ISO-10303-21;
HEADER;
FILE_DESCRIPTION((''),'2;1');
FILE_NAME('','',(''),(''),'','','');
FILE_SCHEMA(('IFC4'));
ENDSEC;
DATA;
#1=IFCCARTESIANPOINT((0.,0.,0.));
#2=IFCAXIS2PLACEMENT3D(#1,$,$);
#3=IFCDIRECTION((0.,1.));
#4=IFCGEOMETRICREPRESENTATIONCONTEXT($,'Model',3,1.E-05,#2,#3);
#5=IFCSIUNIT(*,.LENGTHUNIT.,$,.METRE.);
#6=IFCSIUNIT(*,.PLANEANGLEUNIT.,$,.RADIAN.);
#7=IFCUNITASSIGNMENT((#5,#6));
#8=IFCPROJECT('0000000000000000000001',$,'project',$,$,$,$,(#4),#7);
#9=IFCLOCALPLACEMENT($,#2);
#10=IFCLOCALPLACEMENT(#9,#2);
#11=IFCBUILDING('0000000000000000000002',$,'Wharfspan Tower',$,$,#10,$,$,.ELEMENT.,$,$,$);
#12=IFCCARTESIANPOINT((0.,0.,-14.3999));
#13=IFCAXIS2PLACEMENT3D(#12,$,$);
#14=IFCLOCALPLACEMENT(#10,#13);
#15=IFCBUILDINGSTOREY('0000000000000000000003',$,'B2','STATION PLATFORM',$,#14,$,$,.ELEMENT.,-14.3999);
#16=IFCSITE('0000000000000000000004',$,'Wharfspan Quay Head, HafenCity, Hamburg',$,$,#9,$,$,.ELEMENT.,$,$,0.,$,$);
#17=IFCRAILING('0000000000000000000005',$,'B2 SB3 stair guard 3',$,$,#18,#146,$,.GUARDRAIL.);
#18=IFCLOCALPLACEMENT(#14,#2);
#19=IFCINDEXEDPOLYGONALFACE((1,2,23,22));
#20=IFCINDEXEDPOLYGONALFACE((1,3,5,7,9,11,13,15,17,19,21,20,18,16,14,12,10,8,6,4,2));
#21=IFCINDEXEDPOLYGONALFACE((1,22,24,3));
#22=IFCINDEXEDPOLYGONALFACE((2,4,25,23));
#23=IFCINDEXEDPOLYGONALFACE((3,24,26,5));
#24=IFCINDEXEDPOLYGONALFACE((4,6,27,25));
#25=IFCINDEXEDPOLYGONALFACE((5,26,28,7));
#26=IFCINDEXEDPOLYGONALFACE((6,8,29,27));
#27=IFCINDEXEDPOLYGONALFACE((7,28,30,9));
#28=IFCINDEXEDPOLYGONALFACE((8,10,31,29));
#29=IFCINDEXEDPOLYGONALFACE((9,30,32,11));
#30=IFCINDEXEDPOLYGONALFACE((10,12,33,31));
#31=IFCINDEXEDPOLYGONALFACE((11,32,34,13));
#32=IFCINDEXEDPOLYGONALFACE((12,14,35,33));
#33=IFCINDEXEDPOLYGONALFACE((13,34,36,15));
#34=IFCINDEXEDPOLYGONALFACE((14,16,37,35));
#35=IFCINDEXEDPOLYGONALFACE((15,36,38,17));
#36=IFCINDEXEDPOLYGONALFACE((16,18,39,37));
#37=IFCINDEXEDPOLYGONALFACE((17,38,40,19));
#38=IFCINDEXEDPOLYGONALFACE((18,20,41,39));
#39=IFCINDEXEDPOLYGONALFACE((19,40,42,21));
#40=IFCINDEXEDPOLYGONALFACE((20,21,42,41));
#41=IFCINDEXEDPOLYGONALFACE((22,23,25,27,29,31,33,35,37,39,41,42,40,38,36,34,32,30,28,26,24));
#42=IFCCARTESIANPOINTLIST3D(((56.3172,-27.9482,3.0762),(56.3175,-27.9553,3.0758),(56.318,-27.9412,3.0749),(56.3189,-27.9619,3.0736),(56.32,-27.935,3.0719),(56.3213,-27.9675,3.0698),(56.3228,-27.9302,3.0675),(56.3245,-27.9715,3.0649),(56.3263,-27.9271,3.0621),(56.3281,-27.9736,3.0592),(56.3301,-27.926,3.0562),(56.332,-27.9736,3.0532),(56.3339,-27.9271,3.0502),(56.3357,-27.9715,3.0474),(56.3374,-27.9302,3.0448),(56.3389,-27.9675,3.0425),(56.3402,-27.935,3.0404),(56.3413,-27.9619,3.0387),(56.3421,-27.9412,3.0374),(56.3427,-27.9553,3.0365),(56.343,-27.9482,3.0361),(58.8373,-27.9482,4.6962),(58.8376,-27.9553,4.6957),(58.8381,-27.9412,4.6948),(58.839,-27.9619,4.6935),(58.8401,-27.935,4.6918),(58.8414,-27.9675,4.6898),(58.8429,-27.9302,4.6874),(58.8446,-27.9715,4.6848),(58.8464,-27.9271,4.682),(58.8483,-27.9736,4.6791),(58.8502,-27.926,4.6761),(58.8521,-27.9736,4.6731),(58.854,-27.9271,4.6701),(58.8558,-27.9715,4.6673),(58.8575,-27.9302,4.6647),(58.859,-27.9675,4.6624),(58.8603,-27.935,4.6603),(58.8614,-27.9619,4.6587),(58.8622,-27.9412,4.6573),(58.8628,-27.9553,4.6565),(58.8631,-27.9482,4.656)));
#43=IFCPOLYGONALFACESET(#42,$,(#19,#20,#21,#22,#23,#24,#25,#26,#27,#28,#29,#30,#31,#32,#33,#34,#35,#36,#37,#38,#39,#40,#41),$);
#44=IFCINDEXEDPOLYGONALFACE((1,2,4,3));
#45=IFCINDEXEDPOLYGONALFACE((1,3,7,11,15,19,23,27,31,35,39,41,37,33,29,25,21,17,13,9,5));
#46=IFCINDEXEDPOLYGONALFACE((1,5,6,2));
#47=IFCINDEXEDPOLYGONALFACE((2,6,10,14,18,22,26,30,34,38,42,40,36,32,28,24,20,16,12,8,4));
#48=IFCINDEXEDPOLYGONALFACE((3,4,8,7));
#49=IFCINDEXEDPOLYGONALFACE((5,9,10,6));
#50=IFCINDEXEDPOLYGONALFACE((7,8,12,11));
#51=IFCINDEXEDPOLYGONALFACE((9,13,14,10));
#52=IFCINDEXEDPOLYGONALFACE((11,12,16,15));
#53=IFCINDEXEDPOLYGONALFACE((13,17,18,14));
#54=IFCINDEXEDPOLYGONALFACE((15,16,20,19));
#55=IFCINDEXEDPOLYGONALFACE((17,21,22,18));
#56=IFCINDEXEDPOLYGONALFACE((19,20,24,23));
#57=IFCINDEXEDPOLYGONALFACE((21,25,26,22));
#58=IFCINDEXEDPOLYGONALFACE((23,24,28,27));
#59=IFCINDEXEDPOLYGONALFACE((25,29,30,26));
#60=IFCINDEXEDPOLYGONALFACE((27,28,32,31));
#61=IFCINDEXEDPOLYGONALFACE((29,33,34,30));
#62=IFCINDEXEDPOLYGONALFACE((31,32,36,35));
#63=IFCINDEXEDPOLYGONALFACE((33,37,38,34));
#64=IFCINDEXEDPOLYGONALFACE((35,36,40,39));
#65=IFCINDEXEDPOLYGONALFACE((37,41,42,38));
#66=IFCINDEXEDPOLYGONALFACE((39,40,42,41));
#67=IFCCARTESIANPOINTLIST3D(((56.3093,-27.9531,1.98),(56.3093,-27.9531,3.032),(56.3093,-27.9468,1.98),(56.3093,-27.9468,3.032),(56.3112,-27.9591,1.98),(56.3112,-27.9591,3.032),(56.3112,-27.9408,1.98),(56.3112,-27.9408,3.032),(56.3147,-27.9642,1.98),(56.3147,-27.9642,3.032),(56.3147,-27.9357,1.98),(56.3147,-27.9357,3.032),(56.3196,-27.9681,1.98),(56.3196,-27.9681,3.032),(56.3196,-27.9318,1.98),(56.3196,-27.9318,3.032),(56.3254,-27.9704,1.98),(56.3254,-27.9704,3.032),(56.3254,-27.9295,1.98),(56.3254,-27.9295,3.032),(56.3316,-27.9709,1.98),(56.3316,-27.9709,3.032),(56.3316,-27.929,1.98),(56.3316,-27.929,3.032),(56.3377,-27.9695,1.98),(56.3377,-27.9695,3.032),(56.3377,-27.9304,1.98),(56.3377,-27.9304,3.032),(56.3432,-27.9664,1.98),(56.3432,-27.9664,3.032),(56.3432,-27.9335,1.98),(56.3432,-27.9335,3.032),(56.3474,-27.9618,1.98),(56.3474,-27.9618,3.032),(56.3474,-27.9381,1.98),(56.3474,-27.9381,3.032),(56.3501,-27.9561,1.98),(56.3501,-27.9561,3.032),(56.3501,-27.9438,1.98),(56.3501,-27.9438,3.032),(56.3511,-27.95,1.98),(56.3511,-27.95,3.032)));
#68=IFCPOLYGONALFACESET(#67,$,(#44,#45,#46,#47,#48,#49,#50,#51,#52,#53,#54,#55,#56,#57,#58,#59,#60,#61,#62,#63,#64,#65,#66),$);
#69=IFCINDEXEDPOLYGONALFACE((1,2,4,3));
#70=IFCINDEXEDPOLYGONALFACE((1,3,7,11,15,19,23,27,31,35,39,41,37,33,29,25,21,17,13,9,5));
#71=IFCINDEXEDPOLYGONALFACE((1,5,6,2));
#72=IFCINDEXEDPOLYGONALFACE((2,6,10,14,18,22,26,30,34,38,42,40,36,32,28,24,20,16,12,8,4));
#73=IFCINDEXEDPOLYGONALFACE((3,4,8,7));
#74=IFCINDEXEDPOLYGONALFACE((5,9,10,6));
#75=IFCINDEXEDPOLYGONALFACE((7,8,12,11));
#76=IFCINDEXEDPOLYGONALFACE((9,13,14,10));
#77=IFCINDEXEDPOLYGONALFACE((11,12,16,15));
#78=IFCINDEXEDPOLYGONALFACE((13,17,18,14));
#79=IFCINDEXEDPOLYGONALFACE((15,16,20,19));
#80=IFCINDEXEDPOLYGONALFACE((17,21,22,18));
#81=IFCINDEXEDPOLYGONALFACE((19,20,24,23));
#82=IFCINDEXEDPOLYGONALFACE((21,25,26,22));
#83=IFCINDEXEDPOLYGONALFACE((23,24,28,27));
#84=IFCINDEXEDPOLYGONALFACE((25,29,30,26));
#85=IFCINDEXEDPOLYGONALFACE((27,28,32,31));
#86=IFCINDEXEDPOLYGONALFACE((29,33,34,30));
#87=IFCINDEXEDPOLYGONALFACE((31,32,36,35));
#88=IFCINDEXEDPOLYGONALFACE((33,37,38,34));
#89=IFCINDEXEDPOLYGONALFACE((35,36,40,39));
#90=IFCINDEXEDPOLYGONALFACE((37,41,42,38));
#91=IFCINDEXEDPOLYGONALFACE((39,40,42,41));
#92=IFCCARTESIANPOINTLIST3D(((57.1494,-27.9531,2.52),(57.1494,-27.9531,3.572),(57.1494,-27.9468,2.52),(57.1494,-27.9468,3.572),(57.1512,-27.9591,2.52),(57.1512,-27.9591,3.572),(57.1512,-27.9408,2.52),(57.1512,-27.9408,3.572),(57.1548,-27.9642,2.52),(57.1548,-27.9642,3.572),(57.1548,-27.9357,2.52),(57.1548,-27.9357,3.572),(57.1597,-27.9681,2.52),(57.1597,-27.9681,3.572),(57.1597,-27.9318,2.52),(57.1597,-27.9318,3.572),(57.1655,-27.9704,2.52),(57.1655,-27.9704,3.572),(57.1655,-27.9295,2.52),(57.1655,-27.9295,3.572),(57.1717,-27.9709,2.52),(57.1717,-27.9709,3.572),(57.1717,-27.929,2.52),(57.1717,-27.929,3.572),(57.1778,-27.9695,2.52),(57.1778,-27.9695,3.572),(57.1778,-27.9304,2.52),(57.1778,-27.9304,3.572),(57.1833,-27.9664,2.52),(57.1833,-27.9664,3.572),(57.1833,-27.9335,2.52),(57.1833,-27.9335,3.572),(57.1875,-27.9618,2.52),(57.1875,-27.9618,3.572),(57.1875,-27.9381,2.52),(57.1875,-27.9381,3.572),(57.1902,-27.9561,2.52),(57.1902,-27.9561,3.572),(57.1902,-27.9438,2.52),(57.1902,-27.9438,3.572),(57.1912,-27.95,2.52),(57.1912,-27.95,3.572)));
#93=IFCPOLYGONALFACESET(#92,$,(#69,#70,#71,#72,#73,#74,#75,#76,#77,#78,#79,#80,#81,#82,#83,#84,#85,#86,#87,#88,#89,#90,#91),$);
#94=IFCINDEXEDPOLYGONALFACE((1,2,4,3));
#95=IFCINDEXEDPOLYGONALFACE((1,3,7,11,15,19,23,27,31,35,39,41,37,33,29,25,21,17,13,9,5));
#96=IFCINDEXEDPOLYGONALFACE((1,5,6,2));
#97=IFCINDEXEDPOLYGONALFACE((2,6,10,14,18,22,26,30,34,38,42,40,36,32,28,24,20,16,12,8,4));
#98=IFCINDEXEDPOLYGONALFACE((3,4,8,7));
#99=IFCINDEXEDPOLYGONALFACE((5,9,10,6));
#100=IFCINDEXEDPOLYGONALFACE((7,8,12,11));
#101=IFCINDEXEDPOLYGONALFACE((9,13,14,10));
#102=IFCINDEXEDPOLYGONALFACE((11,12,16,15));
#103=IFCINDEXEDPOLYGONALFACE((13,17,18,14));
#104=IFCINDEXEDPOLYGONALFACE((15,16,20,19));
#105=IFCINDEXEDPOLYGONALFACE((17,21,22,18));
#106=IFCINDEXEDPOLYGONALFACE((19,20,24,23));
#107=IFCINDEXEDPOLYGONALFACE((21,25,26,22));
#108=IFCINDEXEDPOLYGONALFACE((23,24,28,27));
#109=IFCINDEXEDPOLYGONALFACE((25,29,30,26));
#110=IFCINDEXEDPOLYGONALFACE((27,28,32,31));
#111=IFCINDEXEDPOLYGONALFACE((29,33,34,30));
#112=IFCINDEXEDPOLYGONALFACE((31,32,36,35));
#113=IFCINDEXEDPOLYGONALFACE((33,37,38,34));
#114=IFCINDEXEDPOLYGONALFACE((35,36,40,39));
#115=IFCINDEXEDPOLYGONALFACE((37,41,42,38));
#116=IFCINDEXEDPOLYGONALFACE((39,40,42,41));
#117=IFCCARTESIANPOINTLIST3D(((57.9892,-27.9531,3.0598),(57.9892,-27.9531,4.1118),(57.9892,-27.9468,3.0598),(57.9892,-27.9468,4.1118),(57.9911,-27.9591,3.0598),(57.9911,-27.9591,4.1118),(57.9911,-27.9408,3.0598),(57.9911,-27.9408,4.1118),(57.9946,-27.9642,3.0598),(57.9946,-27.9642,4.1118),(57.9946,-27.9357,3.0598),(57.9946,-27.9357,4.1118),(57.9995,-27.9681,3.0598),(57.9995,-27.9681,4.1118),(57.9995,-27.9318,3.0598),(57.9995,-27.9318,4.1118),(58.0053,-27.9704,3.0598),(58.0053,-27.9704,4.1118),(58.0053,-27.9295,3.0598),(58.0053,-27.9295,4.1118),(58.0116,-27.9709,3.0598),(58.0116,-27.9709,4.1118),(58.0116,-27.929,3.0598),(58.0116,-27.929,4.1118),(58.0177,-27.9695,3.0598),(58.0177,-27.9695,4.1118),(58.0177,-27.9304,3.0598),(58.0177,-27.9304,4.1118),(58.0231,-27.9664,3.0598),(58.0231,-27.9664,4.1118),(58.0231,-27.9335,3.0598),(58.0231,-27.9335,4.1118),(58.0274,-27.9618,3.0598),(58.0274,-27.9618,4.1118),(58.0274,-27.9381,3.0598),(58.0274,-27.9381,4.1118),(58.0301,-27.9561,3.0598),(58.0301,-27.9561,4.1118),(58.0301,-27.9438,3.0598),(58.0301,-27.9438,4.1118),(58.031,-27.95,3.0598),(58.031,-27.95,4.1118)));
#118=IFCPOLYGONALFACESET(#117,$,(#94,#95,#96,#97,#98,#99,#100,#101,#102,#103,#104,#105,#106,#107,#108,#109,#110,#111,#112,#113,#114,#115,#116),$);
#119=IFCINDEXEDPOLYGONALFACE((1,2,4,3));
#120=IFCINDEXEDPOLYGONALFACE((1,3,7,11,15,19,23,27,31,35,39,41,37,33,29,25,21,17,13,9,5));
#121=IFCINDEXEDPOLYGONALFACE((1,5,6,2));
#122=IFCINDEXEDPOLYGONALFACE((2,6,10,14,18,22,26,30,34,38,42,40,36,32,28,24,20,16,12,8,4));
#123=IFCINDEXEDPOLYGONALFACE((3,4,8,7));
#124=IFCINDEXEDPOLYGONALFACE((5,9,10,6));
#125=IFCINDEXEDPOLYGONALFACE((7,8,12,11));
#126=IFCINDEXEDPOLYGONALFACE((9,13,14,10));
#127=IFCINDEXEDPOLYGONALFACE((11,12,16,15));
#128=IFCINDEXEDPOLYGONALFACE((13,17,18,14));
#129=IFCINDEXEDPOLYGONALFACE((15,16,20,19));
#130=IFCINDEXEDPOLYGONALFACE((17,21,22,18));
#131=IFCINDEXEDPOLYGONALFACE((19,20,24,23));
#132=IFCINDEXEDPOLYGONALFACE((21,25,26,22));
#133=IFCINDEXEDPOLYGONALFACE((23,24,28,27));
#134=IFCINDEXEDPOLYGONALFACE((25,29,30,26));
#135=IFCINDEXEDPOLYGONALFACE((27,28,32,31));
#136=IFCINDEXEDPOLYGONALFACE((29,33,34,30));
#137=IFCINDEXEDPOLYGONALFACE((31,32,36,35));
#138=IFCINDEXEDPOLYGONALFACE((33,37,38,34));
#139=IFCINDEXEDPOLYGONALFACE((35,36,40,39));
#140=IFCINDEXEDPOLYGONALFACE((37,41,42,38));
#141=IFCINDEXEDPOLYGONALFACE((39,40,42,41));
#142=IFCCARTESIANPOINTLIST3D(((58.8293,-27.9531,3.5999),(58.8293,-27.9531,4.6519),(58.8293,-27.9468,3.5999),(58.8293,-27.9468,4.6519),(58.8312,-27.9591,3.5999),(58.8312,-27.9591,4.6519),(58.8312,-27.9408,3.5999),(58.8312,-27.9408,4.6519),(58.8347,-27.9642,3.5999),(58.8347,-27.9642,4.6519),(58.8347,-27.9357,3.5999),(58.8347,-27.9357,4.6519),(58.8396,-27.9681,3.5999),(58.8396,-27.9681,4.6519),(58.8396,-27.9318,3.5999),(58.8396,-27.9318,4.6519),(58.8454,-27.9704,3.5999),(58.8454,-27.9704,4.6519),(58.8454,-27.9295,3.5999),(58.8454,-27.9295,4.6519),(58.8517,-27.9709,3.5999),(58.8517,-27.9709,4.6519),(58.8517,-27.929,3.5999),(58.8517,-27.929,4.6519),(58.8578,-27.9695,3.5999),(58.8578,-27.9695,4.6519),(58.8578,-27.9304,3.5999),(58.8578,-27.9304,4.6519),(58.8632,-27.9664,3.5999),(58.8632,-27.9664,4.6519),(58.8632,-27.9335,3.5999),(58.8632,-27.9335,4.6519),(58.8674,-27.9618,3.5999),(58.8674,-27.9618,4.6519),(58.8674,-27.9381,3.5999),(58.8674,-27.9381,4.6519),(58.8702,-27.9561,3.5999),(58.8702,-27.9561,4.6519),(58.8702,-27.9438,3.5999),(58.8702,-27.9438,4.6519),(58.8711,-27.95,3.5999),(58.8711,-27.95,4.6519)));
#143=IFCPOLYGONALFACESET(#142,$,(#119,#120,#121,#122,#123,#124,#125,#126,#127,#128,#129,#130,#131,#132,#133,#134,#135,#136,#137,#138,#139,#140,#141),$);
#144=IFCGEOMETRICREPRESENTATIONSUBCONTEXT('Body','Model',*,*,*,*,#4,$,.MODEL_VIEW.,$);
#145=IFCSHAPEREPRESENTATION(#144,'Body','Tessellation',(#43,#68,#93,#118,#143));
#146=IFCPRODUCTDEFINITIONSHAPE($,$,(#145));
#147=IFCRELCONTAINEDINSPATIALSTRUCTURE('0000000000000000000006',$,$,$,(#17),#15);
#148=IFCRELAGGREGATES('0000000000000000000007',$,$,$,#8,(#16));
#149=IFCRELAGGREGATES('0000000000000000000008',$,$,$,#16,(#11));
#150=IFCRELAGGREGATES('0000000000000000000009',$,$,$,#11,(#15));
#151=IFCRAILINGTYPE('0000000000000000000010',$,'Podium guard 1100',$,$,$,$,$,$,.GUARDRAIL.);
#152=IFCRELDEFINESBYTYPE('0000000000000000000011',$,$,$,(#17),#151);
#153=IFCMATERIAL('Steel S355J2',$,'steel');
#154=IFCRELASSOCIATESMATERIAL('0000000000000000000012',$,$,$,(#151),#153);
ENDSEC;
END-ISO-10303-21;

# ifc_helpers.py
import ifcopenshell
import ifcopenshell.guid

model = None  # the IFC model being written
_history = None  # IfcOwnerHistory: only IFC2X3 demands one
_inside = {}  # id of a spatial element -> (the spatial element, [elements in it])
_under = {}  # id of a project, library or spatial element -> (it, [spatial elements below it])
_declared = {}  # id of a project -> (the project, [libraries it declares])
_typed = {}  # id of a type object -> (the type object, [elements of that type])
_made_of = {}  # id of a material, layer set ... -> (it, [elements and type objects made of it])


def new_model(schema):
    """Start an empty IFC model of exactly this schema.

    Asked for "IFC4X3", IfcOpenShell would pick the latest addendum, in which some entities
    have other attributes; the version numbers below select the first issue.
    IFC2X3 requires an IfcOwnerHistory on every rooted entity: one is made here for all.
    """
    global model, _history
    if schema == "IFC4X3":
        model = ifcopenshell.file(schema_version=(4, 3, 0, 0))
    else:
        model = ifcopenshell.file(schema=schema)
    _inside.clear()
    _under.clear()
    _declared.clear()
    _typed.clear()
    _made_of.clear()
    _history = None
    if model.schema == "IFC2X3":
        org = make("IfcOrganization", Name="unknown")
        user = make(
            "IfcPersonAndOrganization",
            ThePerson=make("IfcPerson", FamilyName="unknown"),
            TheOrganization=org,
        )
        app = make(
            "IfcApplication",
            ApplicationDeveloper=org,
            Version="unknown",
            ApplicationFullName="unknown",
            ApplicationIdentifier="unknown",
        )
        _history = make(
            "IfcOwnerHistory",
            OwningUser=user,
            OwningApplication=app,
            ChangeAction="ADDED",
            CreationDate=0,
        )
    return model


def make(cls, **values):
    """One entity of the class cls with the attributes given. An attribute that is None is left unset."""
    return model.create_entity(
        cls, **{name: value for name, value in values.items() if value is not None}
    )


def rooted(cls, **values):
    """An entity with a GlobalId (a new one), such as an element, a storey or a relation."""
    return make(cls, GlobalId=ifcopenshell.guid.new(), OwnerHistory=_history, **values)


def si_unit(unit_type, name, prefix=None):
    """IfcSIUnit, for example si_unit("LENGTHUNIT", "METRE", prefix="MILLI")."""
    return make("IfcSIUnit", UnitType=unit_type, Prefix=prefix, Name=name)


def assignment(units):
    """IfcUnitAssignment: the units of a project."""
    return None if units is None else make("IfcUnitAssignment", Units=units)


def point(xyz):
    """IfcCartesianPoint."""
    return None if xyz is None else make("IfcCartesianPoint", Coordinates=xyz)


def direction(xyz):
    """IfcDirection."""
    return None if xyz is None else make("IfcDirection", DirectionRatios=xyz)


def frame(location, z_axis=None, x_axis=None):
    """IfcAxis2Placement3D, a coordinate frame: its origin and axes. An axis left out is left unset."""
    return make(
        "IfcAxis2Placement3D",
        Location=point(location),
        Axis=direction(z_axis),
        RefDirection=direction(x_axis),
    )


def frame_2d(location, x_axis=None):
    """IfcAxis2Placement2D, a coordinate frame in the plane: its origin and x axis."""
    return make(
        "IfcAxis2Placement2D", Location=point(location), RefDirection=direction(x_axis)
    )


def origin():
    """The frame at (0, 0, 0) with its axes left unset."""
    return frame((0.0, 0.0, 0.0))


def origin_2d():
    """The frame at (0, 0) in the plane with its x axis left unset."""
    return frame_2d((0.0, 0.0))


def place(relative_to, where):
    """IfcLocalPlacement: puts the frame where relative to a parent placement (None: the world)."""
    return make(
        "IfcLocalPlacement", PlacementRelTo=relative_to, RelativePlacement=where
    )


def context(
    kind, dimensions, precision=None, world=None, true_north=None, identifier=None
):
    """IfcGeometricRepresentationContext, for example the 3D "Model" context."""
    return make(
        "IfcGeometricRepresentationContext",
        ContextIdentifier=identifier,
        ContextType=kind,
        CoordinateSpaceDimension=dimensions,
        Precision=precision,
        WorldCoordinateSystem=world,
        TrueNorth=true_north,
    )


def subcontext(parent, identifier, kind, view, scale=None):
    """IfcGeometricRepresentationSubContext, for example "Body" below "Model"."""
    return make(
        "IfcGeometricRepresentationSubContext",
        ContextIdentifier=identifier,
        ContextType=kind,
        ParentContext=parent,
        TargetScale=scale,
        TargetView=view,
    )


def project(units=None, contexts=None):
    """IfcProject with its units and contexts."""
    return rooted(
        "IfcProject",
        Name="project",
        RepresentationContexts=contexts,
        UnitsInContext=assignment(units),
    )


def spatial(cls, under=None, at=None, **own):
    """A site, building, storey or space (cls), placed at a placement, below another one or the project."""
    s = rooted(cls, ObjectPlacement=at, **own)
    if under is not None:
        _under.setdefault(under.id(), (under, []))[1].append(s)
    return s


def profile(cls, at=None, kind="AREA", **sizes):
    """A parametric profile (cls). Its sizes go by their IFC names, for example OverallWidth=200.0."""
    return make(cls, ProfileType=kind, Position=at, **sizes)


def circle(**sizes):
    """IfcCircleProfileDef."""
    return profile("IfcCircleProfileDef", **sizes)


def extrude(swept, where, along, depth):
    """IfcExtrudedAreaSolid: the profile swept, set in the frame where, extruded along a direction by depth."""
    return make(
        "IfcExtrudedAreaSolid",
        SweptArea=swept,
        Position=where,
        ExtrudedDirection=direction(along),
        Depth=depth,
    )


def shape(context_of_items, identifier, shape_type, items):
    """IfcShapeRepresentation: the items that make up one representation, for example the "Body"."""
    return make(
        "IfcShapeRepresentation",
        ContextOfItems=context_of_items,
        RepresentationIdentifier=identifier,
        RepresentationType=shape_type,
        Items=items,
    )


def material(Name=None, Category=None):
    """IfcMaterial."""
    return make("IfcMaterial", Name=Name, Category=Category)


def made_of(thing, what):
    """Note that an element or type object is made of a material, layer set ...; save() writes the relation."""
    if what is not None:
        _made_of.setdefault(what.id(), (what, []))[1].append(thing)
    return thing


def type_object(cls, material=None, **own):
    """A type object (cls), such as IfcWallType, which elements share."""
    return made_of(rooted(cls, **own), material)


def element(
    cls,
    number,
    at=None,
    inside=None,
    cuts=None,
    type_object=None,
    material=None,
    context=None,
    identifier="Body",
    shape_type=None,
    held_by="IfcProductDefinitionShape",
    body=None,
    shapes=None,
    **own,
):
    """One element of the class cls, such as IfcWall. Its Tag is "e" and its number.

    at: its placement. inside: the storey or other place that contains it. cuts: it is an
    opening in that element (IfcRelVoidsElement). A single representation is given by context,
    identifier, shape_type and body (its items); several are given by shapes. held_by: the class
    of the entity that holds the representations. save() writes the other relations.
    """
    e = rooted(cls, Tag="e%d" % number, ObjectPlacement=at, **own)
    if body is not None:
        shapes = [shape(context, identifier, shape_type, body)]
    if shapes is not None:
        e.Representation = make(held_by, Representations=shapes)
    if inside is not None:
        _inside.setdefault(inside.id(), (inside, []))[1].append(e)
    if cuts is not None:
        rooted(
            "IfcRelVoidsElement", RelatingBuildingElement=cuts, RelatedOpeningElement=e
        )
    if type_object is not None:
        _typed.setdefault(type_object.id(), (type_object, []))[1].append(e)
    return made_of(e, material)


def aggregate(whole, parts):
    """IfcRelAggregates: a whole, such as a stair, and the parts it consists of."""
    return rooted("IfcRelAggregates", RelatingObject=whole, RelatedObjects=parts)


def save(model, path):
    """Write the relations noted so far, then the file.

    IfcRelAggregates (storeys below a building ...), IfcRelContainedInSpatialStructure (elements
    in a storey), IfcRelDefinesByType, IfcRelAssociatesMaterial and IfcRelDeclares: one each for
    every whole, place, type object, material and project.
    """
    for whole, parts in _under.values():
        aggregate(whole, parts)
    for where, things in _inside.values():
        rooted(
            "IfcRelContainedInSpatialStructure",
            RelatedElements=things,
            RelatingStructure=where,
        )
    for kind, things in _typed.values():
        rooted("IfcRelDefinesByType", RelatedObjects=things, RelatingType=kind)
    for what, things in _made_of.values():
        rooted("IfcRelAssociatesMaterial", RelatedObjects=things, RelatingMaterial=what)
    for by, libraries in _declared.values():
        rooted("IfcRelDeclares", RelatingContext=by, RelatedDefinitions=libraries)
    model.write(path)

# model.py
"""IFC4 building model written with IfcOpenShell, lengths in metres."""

from ifc_helpers import new_model, si_unit, direction, frame, origin, origin_2d, place, context, subcontext, project, spatial, circle, extrude, material, type_object, element, save


model = new_model("IFC4")

# Units and contexts
model_context = context("Model", 3, precision=1e-05, world=origin(), true_north=direction((0.0, 1.0)))
body_context = subcontext(model_context, "Body", "Model", "MODEL_VIEW")
ifc_project = project(units=[si_unit("LENGTHUNIT", "METRE"), si_unit("PLANEANGLEUNIT", "RADIAN")], contexts=[model_context])

# Site, building, storey
site_placement = place(None, origin())
site = spatial("IfcSite", under=ifc_project, at=site_placement, Name="Wharfspan Quay Head, HafenCity, Hamburg", CompositionType="ELEMENT", RefElevation=0.0)
building_placement = place(site_placement, origin())
building = spatial("IfcBuilding", under=site, at=building_placement, Name="Wharfspan Tower", CompositionType="ELEMENT")
storey_placement = place(building_placement, frame((0.0, 0.0, -14.3999)))
storey = spatial("IfcBuildingStorey", under=building, at=storey_placement, Name="B2", Description="STATION PLATFORM", CompositionType="ELEMENT", Elevation=-14.3999)

# Railing
ifc_material_1 = material(Name="Steel S355J2", Category="steel")
railing_type_1 = type_object("IfcRailingType", Name="Podium guard 1100", PredefinedType="GUARDRAIL", material=ifc_material_1)
railing_1_placement = place(storey_placement, frame((56.3301, -27.95, 1.98)))
element("IfcRailing", 1, at=railing_1_placement, inside=storey, type_object=railing_type_1, Name="B2 SB3 stair guard 3", PredefinedType="GUARDRAIL", context=body_context, shape_type="SweptSolid", body=[
    extrude(circle(Radius=0.0239, at=origin_2d()), frame((0.0, 0.0, 1.0762), z_axis=(0.8412, 0.0, 0.540725), x_axis=(0.0, 1.0, 0.0)), (0.0, 0.0, 1.0), 2.9958),
    extrude(circle(Radius=0.021, at=origin_2d()), origin(), (0.0, 0.0, 1.0), 1.052),
    extrude(circle(Radius=0.021, at=origin_2d()), frame((0.8401, 0.0, 0.54)), (0.0, 0.0, 1.0), 1.052),
    extrude(circle(Radius=0.021, at=origin_2d()), frame((1.6799, 0.0, 1.0798)), (0.0, 0.0, 1.0), 1.052),
    extrude(circle(Radius=0.021, at=origin_2d()), frame((2.52, 0.0, 1.6199)), (0.0, 0.0, 1.0), 1.052),
])

save(model, "model.ifc")
